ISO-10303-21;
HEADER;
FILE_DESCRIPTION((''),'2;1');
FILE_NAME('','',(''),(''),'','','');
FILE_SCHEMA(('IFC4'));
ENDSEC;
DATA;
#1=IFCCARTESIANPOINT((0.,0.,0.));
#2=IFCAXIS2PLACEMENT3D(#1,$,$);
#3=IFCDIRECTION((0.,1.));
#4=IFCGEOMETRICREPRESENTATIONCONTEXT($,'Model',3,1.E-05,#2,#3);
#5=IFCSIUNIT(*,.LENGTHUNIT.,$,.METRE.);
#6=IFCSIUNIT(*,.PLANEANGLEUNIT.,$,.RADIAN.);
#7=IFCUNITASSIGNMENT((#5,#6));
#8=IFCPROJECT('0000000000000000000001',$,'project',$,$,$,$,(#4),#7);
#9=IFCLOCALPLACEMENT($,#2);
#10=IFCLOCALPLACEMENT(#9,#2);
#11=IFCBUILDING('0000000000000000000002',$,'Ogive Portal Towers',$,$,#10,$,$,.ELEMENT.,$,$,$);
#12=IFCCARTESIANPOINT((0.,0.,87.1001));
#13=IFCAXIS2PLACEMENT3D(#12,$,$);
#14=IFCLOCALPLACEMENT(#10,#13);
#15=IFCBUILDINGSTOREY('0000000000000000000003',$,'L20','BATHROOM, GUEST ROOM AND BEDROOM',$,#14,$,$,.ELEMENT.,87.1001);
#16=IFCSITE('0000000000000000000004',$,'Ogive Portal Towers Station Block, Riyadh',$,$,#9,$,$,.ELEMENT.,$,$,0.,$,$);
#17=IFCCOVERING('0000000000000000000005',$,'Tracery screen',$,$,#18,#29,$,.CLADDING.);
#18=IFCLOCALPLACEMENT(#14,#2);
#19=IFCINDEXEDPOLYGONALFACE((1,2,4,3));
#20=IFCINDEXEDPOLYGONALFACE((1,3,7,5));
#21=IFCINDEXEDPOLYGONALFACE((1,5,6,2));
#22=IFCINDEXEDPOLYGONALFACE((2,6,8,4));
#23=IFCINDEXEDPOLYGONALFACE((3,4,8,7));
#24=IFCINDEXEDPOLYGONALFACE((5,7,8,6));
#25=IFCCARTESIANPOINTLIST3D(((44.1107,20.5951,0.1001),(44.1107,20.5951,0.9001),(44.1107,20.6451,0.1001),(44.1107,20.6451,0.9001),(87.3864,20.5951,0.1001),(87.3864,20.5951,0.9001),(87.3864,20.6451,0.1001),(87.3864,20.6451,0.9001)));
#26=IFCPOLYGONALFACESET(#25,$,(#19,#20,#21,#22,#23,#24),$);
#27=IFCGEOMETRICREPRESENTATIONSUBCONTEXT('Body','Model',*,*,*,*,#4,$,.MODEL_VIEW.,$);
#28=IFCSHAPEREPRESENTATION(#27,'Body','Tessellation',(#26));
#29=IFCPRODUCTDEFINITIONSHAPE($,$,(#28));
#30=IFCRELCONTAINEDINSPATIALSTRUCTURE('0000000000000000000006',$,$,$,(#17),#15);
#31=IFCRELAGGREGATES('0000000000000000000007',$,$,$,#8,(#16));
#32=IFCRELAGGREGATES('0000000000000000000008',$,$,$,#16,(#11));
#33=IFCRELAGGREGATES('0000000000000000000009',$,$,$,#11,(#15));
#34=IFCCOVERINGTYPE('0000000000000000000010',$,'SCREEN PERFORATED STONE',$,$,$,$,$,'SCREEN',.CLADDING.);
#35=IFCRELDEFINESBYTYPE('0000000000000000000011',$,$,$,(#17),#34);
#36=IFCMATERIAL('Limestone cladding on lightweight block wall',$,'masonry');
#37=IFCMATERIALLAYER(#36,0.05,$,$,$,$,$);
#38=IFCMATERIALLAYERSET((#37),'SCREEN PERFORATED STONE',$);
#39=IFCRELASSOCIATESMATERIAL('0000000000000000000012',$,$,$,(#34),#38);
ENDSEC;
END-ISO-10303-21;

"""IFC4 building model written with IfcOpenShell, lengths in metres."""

from ifc_helpers import new_model, si_unit, direction, frame, origin, origin_2d, place, context, subcontext, project, spatial, rectangle, extrude, material, layer, layer_set, type_object, element, save


model = new_model("IFC4")

# Units and contexts
model_context = context("Model", 3, precision=1e-05, world=origin(), true_north=direction((0.0, 1.0)))
body_context = subcontext(model_context, "Body", "Model", "MODEL_VIEW")
ifc_project = project(units=[si_unit("LENGTHUNIT", "METRE"), si_unit("PLANEANGLEUNIT", "RADIAN")], contexts=[model_context])

# Site, building, storey
site_placement = place(None, origin())
site = spatial("IfcSite", under=ifc_project, at=site_placement, Name="Ogive Portal Towers Station Block, Riyadh", CompositionType="ELEMENT", RefElevation=0.0)
building_placement = place(site_placement, origin())
building = spatial("IfcBuilding", under=site, at=building_placement, Name="Ogive Portal Towers", CompositionType="ELEMENT")
storey_placement = place(building_placement, frame((0.0, 0.0, 87.1001)))
storey = spatial("IfcBuildingStorey", under=building, at=storey_placement, Name="L20", Description="BATHROOM, GUEST ROOM AND BEDROOM", CompositionType="ELEMENT", Elevation=87.1001)

# Covering
ifc_material_1 = material(Name="Limestone cladding on lightweight block wall", Category="masonry")
ifc_layer_1 = layer(ifc_material_1, 0.05)
ifc_layer_set_1 = layer_set([ifc_layer_1], Name="SCREEN PERFORATED STONE")
covering_type_1 = type_object("IfcCoveringType", Name="SCREEN PERFORATED STONE", ElementType="SCREEN", PredefinedType="CLADDING", material=ifc_layer_set_1)
covering_placement = place(storey_placement, frame((65.7485, 20.6201, 0.1001), z_axis=(0.0, 0.0, 1.0), x_axis=(1.0, 0.0, 0.0)))
element("IfcCovering", 1, at=covering_placement, inside=storey, type_object=covering_type_1, Name="Tracery screen", PredefinedType="CLADDING", context=body_context, shape_type="SweptSolid", body=[
    extrude(rectangle(XDim=43.2756, YDim=0.05, at=origin_2d()), origin(), (0.0, 0.0, 1.0), 0.8),
])

save(model, "model.ifc")
